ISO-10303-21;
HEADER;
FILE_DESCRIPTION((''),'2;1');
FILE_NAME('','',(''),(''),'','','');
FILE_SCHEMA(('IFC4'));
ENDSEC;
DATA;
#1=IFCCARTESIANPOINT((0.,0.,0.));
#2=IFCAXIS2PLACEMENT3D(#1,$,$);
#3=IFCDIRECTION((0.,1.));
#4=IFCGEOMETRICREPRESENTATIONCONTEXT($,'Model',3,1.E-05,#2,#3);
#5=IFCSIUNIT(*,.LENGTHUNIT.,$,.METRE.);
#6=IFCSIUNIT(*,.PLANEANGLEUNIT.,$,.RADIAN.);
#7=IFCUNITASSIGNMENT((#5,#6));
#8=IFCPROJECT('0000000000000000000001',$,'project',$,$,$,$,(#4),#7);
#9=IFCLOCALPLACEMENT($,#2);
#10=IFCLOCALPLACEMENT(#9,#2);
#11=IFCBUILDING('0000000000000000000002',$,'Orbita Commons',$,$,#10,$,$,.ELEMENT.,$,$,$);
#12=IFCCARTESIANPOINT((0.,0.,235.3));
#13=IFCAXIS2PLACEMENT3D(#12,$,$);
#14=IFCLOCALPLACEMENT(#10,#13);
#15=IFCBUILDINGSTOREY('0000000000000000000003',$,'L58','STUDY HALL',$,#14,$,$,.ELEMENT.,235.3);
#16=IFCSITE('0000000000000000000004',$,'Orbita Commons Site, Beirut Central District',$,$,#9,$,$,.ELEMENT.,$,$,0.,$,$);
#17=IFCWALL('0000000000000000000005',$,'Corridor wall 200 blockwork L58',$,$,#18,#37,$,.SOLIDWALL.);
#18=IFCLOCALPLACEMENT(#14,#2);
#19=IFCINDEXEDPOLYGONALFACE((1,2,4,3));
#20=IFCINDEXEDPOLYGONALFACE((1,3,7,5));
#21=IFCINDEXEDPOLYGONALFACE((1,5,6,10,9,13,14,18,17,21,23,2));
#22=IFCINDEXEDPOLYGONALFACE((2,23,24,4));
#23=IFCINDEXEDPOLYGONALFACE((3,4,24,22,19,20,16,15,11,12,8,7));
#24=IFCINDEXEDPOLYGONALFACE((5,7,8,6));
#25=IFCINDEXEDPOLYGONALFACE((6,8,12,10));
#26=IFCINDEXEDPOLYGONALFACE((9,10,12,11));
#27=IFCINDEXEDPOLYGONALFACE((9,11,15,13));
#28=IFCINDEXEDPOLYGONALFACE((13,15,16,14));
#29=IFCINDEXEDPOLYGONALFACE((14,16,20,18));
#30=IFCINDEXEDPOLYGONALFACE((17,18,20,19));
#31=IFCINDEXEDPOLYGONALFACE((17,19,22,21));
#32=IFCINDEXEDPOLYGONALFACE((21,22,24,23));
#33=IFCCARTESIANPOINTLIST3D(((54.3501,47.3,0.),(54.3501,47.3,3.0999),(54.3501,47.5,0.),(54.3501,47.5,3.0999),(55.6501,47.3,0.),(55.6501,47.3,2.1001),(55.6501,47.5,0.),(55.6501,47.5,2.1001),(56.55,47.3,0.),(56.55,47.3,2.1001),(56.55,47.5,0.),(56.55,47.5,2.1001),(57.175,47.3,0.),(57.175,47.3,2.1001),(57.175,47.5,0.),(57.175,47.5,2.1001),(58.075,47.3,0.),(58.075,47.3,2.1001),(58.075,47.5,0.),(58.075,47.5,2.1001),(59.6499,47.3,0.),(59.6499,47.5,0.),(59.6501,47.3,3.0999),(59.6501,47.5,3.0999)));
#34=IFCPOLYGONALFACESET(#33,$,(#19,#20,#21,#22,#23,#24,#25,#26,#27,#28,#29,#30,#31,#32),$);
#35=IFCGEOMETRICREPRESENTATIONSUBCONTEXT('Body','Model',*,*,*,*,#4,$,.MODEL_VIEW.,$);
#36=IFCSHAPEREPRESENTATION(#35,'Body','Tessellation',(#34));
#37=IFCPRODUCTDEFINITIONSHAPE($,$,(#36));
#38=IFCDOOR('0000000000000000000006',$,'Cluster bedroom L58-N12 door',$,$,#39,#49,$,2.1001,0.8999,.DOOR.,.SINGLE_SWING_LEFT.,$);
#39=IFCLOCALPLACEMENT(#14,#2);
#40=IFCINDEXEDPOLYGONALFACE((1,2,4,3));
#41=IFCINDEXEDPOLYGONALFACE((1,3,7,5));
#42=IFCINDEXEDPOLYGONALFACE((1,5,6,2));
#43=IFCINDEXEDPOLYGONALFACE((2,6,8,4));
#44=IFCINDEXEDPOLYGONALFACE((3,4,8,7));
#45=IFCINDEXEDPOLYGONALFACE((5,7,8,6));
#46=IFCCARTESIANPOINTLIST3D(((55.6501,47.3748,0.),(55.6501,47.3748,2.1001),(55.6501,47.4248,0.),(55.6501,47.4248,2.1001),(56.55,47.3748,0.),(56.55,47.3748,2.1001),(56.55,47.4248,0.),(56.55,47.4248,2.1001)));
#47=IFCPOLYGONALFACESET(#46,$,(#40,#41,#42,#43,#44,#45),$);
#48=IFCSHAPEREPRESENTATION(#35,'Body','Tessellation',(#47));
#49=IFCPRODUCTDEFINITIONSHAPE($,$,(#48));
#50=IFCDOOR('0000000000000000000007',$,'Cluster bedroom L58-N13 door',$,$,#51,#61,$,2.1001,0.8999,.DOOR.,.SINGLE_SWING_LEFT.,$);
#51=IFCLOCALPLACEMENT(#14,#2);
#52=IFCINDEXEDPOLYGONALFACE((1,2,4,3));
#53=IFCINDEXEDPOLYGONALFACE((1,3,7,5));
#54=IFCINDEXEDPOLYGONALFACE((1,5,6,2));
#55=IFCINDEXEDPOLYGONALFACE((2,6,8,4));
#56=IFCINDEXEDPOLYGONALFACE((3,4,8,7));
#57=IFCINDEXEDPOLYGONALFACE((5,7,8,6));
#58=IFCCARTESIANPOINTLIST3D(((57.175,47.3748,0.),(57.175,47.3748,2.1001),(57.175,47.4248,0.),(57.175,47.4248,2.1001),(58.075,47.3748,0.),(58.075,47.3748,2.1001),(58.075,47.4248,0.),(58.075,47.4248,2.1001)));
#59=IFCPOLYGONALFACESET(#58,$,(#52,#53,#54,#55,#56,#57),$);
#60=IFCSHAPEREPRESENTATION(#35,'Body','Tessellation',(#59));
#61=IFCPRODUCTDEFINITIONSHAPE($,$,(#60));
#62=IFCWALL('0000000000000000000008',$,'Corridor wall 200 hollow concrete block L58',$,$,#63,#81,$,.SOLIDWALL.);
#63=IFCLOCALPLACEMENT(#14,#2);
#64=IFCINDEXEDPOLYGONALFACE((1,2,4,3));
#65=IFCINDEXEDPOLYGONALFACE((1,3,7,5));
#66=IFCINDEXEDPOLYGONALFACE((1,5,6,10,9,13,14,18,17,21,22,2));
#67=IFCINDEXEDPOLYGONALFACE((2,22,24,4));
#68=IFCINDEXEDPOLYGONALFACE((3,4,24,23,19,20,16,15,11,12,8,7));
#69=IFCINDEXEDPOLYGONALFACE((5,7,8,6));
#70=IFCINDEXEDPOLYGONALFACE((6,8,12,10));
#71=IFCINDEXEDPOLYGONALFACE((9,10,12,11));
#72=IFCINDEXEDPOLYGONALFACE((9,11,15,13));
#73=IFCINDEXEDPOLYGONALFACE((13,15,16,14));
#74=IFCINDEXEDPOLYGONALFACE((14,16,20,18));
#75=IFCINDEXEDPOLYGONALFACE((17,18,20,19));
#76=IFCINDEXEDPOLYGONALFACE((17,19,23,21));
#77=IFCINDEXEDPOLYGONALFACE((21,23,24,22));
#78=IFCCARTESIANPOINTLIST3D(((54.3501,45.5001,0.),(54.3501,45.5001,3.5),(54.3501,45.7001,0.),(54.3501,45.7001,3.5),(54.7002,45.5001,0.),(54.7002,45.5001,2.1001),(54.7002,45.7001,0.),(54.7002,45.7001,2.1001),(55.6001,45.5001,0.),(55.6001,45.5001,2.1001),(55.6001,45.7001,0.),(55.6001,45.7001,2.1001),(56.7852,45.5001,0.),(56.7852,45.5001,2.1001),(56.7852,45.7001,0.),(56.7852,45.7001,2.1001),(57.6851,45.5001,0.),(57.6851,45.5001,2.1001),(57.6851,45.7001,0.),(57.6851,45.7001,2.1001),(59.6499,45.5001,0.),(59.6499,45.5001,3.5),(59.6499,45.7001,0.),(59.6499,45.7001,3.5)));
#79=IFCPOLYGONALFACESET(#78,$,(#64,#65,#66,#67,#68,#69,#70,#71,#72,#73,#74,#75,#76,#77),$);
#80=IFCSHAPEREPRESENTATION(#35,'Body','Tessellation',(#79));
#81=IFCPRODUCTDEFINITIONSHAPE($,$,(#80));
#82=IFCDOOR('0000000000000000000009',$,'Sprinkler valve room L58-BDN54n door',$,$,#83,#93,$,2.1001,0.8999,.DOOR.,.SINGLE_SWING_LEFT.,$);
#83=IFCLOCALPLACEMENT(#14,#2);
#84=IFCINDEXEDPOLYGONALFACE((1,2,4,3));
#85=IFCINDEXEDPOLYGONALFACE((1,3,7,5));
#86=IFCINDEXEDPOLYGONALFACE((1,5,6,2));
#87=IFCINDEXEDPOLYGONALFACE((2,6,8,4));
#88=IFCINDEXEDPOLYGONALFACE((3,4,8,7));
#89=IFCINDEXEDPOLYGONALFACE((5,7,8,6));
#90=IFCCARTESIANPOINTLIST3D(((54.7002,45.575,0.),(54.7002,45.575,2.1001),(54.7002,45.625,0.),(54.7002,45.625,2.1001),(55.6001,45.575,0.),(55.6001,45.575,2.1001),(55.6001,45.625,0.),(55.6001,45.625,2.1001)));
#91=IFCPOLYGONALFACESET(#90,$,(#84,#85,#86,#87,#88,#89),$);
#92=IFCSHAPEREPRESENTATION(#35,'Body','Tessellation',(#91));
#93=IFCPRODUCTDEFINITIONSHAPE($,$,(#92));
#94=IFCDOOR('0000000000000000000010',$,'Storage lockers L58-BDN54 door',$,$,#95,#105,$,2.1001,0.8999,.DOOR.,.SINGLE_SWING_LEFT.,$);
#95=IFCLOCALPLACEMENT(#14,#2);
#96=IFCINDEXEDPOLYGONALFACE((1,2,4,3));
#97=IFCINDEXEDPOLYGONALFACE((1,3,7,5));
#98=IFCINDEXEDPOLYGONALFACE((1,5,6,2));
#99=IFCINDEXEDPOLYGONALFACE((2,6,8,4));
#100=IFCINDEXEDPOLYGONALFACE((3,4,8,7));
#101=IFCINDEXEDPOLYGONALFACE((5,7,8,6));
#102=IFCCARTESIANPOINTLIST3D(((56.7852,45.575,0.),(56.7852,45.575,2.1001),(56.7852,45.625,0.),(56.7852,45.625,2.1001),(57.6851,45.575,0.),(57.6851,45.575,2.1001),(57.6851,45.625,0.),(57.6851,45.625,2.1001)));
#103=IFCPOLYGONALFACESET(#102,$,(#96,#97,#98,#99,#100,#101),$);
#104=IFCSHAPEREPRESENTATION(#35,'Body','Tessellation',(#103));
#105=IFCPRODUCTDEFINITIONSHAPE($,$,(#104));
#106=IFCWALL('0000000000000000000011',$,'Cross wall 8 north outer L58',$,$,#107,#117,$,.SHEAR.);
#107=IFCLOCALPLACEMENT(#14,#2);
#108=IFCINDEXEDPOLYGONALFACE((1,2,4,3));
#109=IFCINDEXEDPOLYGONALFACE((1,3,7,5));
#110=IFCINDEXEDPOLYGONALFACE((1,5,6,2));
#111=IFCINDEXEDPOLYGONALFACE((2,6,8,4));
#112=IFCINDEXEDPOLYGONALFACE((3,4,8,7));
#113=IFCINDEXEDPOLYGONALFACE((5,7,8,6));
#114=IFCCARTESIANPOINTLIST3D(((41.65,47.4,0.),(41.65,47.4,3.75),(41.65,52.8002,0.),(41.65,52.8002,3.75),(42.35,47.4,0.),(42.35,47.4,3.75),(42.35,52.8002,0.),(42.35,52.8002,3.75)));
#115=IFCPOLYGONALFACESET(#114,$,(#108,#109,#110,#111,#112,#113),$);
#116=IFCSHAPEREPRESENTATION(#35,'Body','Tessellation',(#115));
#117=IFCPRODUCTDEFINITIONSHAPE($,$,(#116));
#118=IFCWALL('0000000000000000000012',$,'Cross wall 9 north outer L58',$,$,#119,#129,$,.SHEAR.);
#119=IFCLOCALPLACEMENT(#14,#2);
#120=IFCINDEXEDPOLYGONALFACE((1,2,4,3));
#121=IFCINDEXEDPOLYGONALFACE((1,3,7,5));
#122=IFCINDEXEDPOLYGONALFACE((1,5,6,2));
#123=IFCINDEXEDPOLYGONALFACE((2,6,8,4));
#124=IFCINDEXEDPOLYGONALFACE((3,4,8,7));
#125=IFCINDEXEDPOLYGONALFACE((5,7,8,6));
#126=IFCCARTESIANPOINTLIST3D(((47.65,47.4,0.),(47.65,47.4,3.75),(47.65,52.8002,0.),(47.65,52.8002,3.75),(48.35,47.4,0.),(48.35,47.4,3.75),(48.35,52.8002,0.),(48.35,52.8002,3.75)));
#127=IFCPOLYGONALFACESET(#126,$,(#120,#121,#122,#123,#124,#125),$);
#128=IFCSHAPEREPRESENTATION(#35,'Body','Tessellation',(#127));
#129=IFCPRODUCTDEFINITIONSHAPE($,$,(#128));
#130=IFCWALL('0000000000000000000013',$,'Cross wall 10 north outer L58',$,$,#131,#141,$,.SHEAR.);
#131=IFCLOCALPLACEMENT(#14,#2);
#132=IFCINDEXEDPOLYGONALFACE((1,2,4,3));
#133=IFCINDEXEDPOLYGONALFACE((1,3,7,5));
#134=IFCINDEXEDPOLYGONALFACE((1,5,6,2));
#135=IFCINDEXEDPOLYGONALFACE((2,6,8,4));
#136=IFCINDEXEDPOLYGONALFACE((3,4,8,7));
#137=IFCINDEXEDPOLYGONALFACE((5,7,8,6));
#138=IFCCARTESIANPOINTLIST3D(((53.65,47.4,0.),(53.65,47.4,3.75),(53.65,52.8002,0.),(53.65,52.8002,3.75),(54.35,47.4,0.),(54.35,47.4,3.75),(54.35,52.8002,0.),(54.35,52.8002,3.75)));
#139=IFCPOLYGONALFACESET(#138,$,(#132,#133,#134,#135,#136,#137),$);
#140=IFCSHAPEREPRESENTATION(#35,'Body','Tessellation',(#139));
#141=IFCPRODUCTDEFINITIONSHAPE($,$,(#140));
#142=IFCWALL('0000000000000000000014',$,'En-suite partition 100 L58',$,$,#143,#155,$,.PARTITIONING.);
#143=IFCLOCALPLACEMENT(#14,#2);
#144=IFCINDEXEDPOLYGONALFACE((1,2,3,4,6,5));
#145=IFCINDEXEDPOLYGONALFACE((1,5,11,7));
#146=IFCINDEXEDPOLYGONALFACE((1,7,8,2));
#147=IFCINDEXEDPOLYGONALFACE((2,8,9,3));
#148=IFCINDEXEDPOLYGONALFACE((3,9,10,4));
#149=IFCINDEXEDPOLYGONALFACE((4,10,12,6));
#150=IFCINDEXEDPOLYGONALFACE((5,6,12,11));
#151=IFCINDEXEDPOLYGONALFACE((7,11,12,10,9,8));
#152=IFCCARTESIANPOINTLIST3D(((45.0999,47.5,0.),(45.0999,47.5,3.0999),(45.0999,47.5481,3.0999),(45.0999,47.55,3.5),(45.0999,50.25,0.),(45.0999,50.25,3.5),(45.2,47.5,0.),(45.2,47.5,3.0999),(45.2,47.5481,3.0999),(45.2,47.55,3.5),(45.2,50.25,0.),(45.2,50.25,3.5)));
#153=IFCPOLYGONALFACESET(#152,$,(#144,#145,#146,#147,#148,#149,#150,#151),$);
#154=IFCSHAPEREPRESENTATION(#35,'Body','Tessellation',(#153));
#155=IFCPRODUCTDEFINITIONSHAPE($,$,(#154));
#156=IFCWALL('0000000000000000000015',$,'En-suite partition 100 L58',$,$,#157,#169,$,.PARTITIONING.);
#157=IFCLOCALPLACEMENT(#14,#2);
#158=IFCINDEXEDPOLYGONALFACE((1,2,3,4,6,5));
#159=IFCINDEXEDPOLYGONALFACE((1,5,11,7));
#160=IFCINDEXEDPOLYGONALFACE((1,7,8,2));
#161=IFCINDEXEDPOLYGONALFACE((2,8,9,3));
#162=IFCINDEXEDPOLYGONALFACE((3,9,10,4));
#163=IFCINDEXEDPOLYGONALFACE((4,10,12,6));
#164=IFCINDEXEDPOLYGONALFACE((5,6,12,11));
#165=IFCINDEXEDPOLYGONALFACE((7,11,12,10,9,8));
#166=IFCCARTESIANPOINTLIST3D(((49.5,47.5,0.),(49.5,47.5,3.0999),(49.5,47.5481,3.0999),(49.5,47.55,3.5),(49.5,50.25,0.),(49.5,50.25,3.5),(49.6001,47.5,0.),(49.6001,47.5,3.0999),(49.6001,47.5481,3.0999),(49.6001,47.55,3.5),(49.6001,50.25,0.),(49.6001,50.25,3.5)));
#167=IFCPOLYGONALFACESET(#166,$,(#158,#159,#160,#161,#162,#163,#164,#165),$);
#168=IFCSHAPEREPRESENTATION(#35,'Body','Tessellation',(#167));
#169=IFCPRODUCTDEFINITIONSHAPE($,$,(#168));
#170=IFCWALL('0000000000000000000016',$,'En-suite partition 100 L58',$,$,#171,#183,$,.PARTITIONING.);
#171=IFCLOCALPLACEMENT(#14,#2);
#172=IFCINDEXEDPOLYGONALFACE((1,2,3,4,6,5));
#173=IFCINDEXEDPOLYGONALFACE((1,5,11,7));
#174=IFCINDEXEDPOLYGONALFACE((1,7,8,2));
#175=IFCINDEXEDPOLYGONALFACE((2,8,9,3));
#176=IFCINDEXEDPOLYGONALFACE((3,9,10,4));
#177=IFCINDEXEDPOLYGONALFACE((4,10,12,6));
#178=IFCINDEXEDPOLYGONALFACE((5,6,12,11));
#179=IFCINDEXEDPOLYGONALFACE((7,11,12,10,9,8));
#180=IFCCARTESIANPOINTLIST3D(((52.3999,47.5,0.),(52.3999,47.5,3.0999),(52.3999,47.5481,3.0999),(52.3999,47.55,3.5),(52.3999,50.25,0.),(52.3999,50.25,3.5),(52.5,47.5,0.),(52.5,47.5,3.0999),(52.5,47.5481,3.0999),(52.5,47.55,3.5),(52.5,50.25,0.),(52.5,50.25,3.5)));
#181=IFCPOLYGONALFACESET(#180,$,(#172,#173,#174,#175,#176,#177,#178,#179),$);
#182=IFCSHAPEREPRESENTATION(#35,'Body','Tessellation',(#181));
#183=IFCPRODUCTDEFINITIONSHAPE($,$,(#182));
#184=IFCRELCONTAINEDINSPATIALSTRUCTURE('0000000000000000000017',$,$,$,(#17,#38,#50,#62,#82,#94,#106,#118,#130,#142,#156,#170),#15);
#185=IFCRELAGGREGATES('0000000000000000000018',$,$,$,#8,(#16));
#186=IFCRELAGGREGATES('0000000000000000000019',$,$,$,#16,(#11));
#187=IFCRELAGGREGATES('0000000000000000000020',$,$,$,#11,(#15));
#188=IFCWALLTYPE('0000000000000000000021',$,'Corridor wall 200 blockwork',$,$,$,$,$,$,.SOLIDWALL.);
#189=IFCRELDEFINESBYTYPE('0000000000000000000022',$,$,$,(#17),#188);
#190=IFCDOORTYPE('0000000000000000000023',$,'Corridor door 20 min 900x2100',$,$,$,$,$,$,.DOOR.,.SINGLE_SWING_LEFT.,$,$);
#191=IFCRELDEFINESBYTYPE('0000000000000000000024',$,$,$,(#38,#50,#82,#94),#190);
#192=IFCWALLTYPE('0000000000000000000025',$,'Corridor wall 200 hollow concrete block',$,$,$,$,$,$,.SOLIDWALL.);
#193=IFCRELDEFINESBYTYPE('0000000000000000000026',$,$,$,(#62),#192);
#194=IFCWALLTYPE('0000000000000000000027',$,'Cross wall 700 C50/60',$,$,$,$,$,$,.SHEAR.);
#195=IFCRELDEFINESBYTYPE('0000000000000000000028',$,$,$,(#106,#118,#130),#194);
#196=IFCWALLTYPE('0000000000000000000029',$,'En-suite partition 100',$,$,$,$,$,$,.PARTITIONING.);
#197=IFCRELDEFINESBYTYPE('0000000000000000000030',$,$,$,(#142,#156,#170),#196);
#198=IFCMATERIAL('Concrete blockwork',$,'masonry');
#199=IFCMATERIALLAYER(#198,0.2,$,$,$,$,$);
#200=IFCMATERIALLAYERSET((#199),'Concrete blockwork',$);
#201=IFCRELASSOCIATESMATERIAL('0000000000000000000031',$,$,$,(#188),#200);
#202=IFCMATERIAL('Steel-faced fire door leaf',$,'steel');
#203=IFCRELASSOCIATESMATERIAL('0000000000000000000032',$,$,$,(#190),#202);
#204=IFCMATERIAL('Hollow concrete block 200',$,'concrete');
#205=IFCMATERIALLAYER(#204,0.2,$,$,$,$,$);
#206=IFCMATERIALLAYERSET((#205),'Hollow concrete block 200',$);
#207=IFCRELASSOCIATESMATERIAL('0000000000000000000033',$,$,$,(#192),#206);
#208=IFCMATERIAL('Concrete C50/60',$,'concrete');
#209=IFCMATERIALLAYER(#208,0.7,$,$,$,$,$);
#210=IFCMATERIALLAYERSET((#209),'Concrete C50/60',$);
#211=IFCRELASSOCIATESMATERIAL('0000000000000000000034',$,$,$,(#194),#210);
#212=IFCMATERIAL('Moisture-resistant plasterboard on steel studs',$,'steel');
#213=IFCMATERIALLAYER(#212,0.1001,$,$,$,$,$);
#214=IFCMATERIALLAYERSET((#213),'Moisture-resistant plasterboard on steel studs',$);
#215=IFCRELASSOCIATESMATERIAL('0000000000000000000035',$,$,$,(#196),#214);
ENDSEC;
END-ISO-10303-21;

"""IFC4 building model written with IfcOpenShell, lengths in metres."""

from ifc_helpers import new_model, si_unit, direction, frame, frame_2d, origin, place, context, subcontext, project, spatial, polyline, rectangle, outline, extrude, material, layer, layer_set, type_object, element, fill, save


model = new_model("IFC4")

# Units and contexts
model_context = context("Model", 3, precision=1e-05, world=origin(), true_north=direction((0.0, 1.0)))
body_context = subcontext(model_context, "Body", "Model", "MODEL_VIEW")
ifc_project = project(units=[si_unit("LENGTHUNIT", "METRE"), si_unit("PLANEANGLEUNIT", "RADIAN")], contexts=[model_context])

# Site, building, storey
site_placement = place(None, origin())
site = spatial("IfcSite", under=ifc_project, at=site_placement, Name="Orbita Commons Site, Beirut Central District", CompositionType="ELEMENT", RefElevation=0.0)
building_placement = place(site_placement, origin())
building = spatial("IfcBuilding", under=site, at=building_placement, Name="Orbita Commons", CompositionType="ELEMENT")
storey_placement = place(building_placement, frame((0.0, 0.0, 235.3)))
storey = spatial("IfcBuildingStorey", under=building, at=storey_placement, Name="L58", Description="STUDY HALL", CompositionType="ELEMENT", Elevation=235.3)

# Shared definitions
ifc_material_1 = material(Name="Concrete blockwork", Category="masonry")
ifc_layer_1 = layer(ifc_material_1, 0.2)
ifc_layer_set_1 = layer_set([ifc_layer_1], Name="Concrete blockwork")
wall_type_1 = type_object("IfcWallType", Name="Corridor wall 200 blockwork", PredefinedType="SOLIDWALL", material=ifc_layer_set_1)
ifc_material_2 = material(Name="Steel-faced fire door leaf", Category="steel")
door_type = type_object("IfcDoorType", Name="Corridor door 20 min 900x2100", OperationType="SINGLE_SWING_LEFT", PredefinedType="DOOR", material=ifc_material_2)

# Walls, openings, doors
wall_1_placement = place(storey_placement, frame((54.3501, 47.3999, 0.0), z_axis=(0.0, 0.0, 1.0), x_axis=(1.0, 0.0, 0.0)))
wall_1 = element("IfcWall", 1, at=wall_1_placement, inside=storey, type_object=wall_type_1, Name="Corridor wall 200 blockwork L58", PredefinedType="SOLIDWALL", context=body_context, shape_type="SweptSolid", body=[
    extrude(outline(polyline([(0.0, 0.0), (5.2998, 0.0), (5.3, 3.0999), (0.0, 3.0999), (0.0, 0.0)])), frame((0.0, 0.1001, 0.0), z_axis=(0.0, -1.0, 0.0), x_axis=(1.0, 0.0, 0.0)), (0.0, 0.0, 1.0), 0.2),
])
opening_1_placement = place(wall_1_placement, frame((1.3, 0.0, 0.0)))
opening_1 = element("IfcOpeningElement", 2, at=opening_1_placement, cuts=wall_1, PredefinedType="OPENING", context=body_context, shape_type="SweptSolid", body=[
    extrude(rectangle(XDim=0.8999, YDim=2.1001, at=frame_2d((0.45, 1.05))), frame((0.0, 0.1099, 0.0), z_axis=(0.0, -1.0, 0.0), x_axis=(1.0, 0.0, 0.0)), (0.0, 0.0, 1.0), 0.22),
])
opening_2_placement = place(wall_1_placement, frame((2.825, 0.0, 0.0)))
opening_2 = element("IfcOpeningElement", 3, at=opening_2_placement, cuts=wall_1, PredefinedType="OPENING", context=body_context, shape_type="SweptSolid", body=[
    extrude(rectangle(XDim=0.8999, YDim=2.1001, at=frame_2d((0.45, 1.05))), frame((0.0, 0.1099, 0.0), z_axis=(0.0, -1.0, 0.0), x_axis=(1.0, 0.0, 0.0)), (0.0, 0.0, 1.0), 0.22),
])
door_1_placement = place(opening_1_placement, origin())
door_1 = element("IfcDoor", 4, at=door_1_placement, inside=storey, type_object=door_type, Name="Cluster bedroom L58-N12 door", OperationType="SINGLE_SWING_LEFT", OverallHeight=2.1001, OverallWidth=0.8999, PredefinedType="DOOR", context=body_context, shape_type="SweptSolid", body=[
    extrude(rectangle(XDim=0.8999, YDim=2.1001, at=frame_2d((0.45, 1.05))), frame((0.0, 0.0249, 0.0), z_axis=(0.0, -1.0, 0.0), x_axis=(1.0, 0.0, 0.0)), (0.0, 0.0, 1.0), 0.05),
])
fill(opening_1, door_1)
door_2_placement = place(opening_2_placement, origin())
door_2 = element("IfcDoor", 5, at=door_2_placement, inside=storey, type_object=door_type, Name="Cluster bedroom L58-N13 door", OperationType="SINGLE_SWING_LEFT", OverallHeight=2.1001, OverallWidth=0.8999, PredefinedType="DOOR", context=body_context, shape_type="SweptSolid", body=[
    extrude(rectangle(XDim=0.8999, YDim=2.1001, at=frame_2d((0.45, 1.05))), frame((0.0, 0.0249, 0.0), z_axis=(0.0, -1.0, 0.0), x_axis=(1.0, 0.0, 0.0)), (0.0, 0.0, 1.0), 0.05),
])
fill(opening_2, door_2)
ifc_material_3 = material(Name="Hollow concrete block 200", Category="concrete")
ifc_layer_2 = layer(ifc_material_3, 0.2)
ifc_layer_set_2 = layer_set([ifc_layer_2], Name="Hollow concrete block 200")
wall_type_2 = type_object("IfcWallType", Name="Corridor wall 200 hollow concrete block", PredefinedType="SOLIDWALL", material=ifc_layer_set_2)
wall_2_placement = place(storey_placement, frame((54.3501, 45.6001, 0.0), z_axis=(0.0, 0.0, 1.0), x_axis=(1.0, 0.0, 0.0)))
wall_2 = element("IfcWall", 6, at=wall_2_placement, inside=storey, type_object=wall_type_2, Name="Corridor wall 200 hollow concrete block L58", PredefinedType="SOLIDWALL", context=body_context, shape_type="SweptSolid", body=[
    extrude(rectangle(XDim=5.2998, YDim=0.2, at=frame_2d((2.6499, 0.0))), origin(), (0.0, 0.0, 1.0), 3.5),
])
opening_3_placement = place(wall_2_placement, frame((0.3501, 0.0, 0.0)))
opening_3 = element("IfcOpeningElement", 7, at=opening_3_placement, cuts=wall_2, PredefinedType="OPENING", context=body_context, shape_type="SweptSolid", body=[
    extrude(rectangle(XDim=0.8999, YDim=2.1001, at=frame_2d((0.45, 1.05))), frame((0.0, 0.1099, 0.0), z_axis=(0.0, -1.0, 0.0), x_axis=(1.0, 0.0, 0.0)), (0.0, 0.0, 1.0), 0.22),
])
opening_4_placement = place(wall_2_placement, frame((2.4351, 0.0, 0.0)))
opening_4 = element("IfcOpeningElement", 8, at=opening_4_placement, cuts=wall_2, PredefinedType="OPENING", context=body_context, shape_type="SweptSolid", body=[
    extrude(rectangle(XDim=0.8999, YDim=2.1001, at=frame_2d((0.45, 1.05))), frame((0.0, 0.1099, 0.0), z_axis=(0.0, -1.0, 0.0), x_axis=(1.0, 0.0, 0.0)), (0.0, 0.0, 1.0), 0.22),
])
door_3_placement = place(opening_3_placement, origin())
door_3 = element("IfcDoor", 9, at=door_3_placement, inside=storey, type_object=door_type, Name="Sprinkler valve room L58-BDN54n door", OperationType="SINGLE_SWING_LEFT", OverallHeight=2.1001, OverallWidth=0.8999, PredefinedType="DOOR", context=body_context, shape_type="SweptSolid", body=[
    extrude(rectangle(XDim=0.8999, YDim=2.1001, at=frame_2d((0.45, 1.05))), frame((0.0, 0.0249, 0.0), z_axis=(0.0, -1.0, 0.0), x_axis=(1.0, 0.0, 0.0)), (0.0, 0.0, 1.0), 0.05),
])
fill(opening_3, door_3)
door_4_placement = place(opening_4_placement, origin())
door_4 = element("IfcDoor", 10, at=door_4_placement, inside=storey, type_object=door_type, Name="Storage lockers L58-BDN54 door", OperationType="SINGLE_SWING_LEFT", OverallHeight=2.1001, OverallWidth=0.8999, PredefinedType="DOOR", context=body_context, shape_type="SweptSolid", body=[
    extrude(rectangle(XDim=0.8999, YDim=2.1001, at=frame_2d((0.45, 1.05))), frame((0.0, 0.0249, 0.0), z_axis=(0.0, -1.0, 0.0), x_axis=(1.0, 0.0, 0.0)), (0.0, 0.0, 1.0), 0.05),
])
fill(opening_4, door_4)

# Walls
ifc_material_4 = material(Name="Concrete C50/60", Category="concrete")
ifc_layer_3 = layer(ifc_material_4, 0.7)
ifc_layer_set_3 = layer_set([ifc_layer_3], Name="Concrete C50/60")
wall_type_3 = type_object("IfcWallType", Name="Cross wall 700 C50/60", PredefinedType="SHEAR", material=ifc_layer_set_3)
for number, where, z_axis, x_axis, name in (
    (11, (42.0, 47.3999, 0.0), (0.0, 0.0, 1.0), (0.0, 1.0, 0.0), "Cross wall 8 north outer L58"),
    (12, (48.0, 47.3999, 0.0), (0.0, 0.0, 1.0), (0.0, 1.0, 0.0), "Cross wall 9 north outer L58"),
    (13, (54.0, 47.3999, 0.0), (0.0, 0.0, 1.0), (0.0, 1.0, 0.0), "Cross wall 10 north outer L58"),
):
    element("IfcWall", number, at=place(storey_placement, frame(where, z_axis=z_axis, x_axis=x_axis)), inside=storey, type_object=wall_type_3, Name=name, PredefinedType="SHEAR", context=body_context, shape_type="SweptSolid", body=[
        extrude(rectangle(XDim=5.4001, YDim=0.7, at=frame_2d((2.7002, 0.0))), origin(), (0.0, 0.0, 1.0), 3.75),
    ])
ifc_material_5 = material(Name="Moisture-resistant plasterboard on steel studs", Category="steel")
ifc_layer_4 = layer(ifc_material_5, 0.1001)
ifc_layer_set_4 = layer_set([ifc_layer_4], Name="Moisture-resistant plasterboard on steel studs")
wall_type_4 = type_object("IfcWallType", Name="En-suite partition 100", PredefinedType="PARTITIONING", material=ifc_layer_set_4)
for number, where, z_axis, x_axis, name in (
    (14, (45.1499, 50.25, 0.0), (0.0, 0.0, 1.0), (0.0, -1.0, 0.0), "En-suite partition 100 L58"),
    (15, (49.55, 50.25, 0.0), (0.0, 0.0, 1.0), (0.0, -1.0, 0.0), "En-suite partition 100 L58"),
    (16, (52.45, 50.25, 0.0), (0.0, 0.0, 1.0), (0.0, -1.0, 0.0), "En-suite partition 100 L58"),
):
    element("IfcWall", number, at=place(storey_placement, frame(where, z_axis=z_axis, x_axis=x_axis)), inside=storey, type_object=wall_type_4, Name=name, PredefinedType="PARTITIONING", context=body_context, shape_type="SweptSolid", body=[
        extrude(outline(polyline([(0.0, 0.0), (2.75, 0.0), (2.75, 3.0999), (2.7019, 3.0999), (2.7, 3.5), (0.0, 3.5), (0.0, 0.0)])), frame((0.0, 0.05, 0.0), z_axis=(0.0, -1.0, 0.0), x_axis=(1.0, 0.0, 0.0)), (0.0, 0.0, 1.0), 0.1001),
    ])

save(model, "model.ifc")
